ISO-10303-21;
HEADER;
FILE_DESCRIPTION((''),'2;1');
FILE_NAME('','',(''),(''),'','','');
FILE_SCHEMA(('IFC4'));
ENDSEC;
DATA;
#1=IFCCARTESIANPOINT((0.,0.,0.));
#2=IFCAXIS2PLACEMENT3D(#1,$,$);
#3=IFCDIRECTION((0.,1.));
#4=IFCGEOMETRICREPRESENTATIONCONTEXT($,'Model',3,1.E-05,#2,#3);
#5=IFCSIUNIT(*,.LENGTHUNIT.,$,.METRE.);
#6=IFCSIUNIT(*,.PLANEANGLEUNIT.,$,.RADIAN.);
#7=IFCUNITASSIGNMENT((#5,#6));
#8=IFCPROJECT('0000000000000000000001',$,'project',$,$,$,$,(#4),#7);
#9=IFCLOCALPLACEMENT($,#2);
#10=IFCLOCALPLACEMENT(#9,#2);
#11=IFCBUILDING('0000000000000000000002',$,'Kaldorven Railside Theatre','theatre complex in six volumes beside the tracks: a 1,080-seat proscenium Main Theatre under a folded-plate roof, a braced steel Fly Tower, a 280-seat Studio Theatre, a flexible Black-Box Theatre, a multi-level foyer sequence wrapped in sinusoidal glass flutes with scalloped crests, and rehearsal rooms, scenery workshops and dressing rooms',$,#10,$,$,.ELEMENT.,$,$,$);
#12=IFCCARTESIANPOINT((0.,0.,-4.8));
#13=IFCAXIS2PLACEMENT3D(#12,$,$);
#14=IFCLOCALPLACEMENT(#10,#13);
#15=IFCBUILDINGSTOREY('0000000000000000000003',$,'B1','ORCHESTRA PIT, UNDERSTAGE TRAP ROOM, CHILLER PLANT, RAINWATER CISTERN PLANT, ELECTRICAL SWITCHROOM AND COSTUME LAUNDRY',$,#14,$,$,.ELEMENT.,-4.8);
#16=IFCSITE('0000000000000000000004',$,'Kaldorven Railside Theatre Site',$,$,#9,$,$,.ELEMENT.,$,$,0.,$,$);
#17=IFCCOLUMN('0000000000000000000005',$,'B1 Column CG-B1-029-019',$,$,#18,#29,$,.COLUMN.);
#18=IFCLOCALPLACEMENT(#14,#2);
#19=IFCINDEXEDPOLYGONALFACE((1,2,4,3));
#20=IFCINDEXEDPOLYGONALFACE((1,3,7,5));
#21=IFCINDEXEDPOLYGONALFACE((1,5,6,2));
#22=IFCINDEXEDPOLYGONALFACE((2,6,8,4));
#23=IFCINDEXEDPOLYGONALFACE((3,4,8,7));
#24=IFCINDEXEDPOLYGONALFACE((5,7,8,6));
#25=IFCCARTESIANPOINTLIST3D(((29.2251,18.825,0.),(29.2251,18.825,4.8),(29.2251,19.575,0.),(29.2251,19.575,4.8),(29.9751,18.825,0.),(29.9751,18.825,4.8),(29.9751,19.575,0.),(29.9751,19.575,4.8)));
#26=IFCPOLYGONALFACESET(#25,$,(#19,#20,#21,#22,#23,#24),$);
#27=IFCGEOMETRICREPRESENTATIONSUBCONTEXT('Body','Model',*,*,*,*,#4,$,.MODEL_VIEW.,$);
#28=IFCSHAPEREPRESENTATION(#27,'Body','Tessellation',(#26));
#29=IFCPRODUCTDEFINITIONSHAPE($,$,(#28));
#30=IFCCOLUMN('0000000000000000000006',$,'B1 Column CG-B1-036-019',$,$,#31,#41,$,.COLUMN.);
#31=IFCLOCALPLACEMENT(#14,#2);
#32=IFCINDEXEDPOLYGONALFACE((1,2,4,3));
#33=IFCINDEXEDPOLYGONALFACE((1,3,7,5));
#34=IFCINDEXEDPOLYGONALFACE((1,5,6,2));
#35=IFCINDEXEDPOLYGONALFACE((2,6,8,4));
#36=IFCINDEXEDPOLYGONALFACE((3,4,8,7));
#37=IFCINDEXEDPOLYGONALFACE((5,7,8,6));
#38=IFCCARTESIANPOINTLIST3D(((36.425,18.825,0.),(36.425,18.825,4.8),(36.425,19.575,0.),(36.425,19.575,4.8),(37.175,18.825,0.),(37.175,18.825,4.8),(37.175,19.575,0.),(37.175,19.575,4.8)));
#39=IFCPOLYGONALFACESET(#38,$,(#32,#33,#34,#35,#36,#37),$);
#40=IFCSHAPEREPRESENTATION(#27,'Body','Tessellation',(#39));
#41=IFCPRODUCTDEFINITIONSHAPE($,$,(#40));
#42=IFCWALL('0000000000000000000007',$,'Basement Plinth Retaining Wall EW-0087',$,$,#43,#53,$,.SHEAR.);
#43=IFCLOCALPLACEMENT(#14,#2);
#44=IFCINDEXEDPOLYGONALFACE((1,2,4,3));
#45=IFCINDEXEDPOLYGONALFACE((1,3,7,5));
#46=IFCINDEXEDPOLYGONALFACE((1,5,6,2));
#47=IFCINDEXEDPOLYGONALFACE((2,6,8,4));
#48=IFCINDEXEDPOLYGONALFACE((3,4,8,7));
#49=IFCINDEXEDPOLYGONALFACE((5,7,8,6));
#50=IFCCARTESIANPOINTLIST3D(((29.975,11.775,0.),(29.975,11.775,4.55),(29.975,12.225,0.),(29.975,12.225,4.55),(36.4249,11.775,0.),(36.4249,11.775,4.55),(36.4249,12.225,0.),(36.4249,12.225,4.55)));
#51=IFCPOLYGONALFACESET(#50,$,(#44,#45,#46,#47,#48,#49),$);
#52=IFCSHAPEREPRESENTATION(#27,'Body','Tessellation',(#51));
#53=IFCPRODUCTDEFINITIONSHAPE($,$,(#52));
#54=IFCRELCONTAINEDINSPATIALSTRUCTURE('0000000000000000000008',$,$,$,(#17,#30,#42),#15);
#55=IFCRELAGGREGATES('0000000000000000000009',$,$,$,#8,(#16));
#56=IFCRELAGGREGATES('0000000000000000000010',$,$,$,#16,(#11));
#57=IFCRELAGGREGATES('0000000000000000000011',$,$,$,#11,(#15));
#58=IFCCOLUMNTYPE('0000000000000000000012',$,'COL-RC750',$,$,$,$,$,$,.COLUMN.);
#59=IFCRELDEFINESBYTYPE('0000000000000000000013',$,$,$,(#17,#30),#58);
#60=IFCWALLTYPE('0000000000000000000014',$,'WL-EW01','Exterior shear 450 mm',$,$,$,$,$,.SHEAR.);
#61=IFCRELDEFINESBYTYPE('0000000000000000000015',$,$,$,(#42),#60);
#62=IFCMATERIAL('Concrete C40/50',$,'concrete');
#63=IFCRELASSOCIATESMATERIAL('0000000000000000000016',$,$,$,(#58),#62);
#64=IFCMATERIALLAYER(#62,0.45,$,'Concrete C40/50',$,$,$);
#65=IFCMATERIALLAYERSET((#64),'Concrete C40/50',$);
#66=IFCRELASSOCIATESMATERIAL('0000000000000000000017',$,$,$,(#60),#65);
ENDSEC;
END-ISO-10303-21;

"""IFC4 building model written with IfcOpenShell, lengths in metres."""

from ifc_helpers import new_model, si_unit, direction, frame, frame_2d, origin, origin_2d, place, context, subcontext, project, spatial, rectangle, extrude, material, layer, layer_set, material_profile, profile_set, type_object, element, save


model = new_model("IFC4")

# Units and contexts
model_context = context("Model", 3, precision=1e-05, world=origin(), true_north=direction((0.0, 1.0)))
body_context = subcontext(model_context, "Body", "Model", "MODEL_VIEW")
ifc_project = project(units=[si_unit("LENGTHUNIT", "METRE"), si_unit("PLANEANGLEUNIT", "RADIAN")], contexts=[model_context])

# Site, building, storey
site_placement = place(None, origin())
site = spatial("IfcSite", under=ifc_project, at=site_placement, Name="Kaldorven Railside Theatre Site", CompositionType="ELEMENT", RefElevation=0.0)
building_placement = place(site_placement, origin())
building = spatial("IfcBuilding", under=site, at=building_placement, Name="Kaldorven Railside Theatre", Description="theatre complex in six volumes beside the tracks: a 1,080-seat proscenium Main Theatre under a folded-plate roof, a braced steel Fly Tower, a 280-seat Studio Theatre, a flexible Black-Box Theatre, a multi-level foyer sequence wrapped in sinusoidal glass flutes with scalloped crests, and rehearsal rooms, scenery workshops and dressing rooms", CompositionType="ELEMENT")
storey_placement = place(building_placement, frame((0.0, 0.0, -4.8)))
storey = spatial("IfcBuildingStorey", under=building, at=storey_placement, Name="B1", Description="ORCHESTRA PIT, UNDERSTAGE TRAP ROOM, CHILLER PLANT, RAINWATER CISTERN PLANT, ELECTRICAL SWITCHROOM AND COSTUME LAUNDRY", CompositionType="ELEMENT", Elevation=-4.8)

# Shared definitions
ifc_material_1 = material(Name="Concrete C40/50", Category="concrete")

# Columns
ifc_material_profile_1 = material_profile(ifc_material_1, rectangle(XDim=0.75, YDim=0.75, at=origin_2d()), Name="RC 750x750")
ifc_profile_set_1 = profile_set([ifc_material_profile_1], Name="Concrete C40/50")
column_type_1 = type_object("IfcColumnType", Name="COL-RC750", PredefinedType="COLUMN", material=ifc_profile_set_1)
for number, where, z_axis, x_axis, name in (
    (1, (29.6001, 19.2, 0.0), (0.0, 0.0, 1.0), (1.0, 0.0, 0.0), "B1 Column CG-B1-029-019"),
    (2, (36.8, 19.2, 0.0), (0.0, 0.0, 1.0), (1.0, 0.0, 0.0), "B1 Column CG-B1-036-019"),
):
    element("IfcColumn", number, at=place(storey_placement, frame(where, z_axis=z_axis, x_axis=x_axis)), inside=storey, type_object=column_type_1, Name=name, PredefinedType="COLUMN", context=body_context, shape_type="SweptSolid", body=[
        extrude(rectangle(XDim=0.75, YDim=0.75, at=origin_2d()), origin(), (0.0, 0.0, 1.0), 4.8),
    ])

# Wall
ifc_layer = layer(ifc_material_1, 0.45, Name="Concrete C40/50")
ifc_layer_set = layer_set([ifc_layer], Name="Concrete C40/50")
wall_type = type_object("IfcWallType", Name="WL-EW01", Description="Exterior shear 450 mm", PredefinedType="SHEAR", material=ifc_layer_set)
wall_placement = place(storey_placement, frame((36.425, 12.0, 0.0), z_axis=(0.0, 0.0, 1.0), x_axis=(-1.0, 0.0, 0.0)))
element("IfcWall", 3, at=wall_placement, inside=storey, type_object=wall_type, Name="Basement Plinth Retaining Wall EW-0087", PredefinedType="SHEAR", context=body_context, shape_type="SweptSolid", body=[
    extrude(rectangle(XDim=6.45, YDim=0.45, at=frame_2d((3.2251, 0.0))), origin(), (0.0, 0.0, 1.0), 4.55),
])

save(model, "model.ifc")
